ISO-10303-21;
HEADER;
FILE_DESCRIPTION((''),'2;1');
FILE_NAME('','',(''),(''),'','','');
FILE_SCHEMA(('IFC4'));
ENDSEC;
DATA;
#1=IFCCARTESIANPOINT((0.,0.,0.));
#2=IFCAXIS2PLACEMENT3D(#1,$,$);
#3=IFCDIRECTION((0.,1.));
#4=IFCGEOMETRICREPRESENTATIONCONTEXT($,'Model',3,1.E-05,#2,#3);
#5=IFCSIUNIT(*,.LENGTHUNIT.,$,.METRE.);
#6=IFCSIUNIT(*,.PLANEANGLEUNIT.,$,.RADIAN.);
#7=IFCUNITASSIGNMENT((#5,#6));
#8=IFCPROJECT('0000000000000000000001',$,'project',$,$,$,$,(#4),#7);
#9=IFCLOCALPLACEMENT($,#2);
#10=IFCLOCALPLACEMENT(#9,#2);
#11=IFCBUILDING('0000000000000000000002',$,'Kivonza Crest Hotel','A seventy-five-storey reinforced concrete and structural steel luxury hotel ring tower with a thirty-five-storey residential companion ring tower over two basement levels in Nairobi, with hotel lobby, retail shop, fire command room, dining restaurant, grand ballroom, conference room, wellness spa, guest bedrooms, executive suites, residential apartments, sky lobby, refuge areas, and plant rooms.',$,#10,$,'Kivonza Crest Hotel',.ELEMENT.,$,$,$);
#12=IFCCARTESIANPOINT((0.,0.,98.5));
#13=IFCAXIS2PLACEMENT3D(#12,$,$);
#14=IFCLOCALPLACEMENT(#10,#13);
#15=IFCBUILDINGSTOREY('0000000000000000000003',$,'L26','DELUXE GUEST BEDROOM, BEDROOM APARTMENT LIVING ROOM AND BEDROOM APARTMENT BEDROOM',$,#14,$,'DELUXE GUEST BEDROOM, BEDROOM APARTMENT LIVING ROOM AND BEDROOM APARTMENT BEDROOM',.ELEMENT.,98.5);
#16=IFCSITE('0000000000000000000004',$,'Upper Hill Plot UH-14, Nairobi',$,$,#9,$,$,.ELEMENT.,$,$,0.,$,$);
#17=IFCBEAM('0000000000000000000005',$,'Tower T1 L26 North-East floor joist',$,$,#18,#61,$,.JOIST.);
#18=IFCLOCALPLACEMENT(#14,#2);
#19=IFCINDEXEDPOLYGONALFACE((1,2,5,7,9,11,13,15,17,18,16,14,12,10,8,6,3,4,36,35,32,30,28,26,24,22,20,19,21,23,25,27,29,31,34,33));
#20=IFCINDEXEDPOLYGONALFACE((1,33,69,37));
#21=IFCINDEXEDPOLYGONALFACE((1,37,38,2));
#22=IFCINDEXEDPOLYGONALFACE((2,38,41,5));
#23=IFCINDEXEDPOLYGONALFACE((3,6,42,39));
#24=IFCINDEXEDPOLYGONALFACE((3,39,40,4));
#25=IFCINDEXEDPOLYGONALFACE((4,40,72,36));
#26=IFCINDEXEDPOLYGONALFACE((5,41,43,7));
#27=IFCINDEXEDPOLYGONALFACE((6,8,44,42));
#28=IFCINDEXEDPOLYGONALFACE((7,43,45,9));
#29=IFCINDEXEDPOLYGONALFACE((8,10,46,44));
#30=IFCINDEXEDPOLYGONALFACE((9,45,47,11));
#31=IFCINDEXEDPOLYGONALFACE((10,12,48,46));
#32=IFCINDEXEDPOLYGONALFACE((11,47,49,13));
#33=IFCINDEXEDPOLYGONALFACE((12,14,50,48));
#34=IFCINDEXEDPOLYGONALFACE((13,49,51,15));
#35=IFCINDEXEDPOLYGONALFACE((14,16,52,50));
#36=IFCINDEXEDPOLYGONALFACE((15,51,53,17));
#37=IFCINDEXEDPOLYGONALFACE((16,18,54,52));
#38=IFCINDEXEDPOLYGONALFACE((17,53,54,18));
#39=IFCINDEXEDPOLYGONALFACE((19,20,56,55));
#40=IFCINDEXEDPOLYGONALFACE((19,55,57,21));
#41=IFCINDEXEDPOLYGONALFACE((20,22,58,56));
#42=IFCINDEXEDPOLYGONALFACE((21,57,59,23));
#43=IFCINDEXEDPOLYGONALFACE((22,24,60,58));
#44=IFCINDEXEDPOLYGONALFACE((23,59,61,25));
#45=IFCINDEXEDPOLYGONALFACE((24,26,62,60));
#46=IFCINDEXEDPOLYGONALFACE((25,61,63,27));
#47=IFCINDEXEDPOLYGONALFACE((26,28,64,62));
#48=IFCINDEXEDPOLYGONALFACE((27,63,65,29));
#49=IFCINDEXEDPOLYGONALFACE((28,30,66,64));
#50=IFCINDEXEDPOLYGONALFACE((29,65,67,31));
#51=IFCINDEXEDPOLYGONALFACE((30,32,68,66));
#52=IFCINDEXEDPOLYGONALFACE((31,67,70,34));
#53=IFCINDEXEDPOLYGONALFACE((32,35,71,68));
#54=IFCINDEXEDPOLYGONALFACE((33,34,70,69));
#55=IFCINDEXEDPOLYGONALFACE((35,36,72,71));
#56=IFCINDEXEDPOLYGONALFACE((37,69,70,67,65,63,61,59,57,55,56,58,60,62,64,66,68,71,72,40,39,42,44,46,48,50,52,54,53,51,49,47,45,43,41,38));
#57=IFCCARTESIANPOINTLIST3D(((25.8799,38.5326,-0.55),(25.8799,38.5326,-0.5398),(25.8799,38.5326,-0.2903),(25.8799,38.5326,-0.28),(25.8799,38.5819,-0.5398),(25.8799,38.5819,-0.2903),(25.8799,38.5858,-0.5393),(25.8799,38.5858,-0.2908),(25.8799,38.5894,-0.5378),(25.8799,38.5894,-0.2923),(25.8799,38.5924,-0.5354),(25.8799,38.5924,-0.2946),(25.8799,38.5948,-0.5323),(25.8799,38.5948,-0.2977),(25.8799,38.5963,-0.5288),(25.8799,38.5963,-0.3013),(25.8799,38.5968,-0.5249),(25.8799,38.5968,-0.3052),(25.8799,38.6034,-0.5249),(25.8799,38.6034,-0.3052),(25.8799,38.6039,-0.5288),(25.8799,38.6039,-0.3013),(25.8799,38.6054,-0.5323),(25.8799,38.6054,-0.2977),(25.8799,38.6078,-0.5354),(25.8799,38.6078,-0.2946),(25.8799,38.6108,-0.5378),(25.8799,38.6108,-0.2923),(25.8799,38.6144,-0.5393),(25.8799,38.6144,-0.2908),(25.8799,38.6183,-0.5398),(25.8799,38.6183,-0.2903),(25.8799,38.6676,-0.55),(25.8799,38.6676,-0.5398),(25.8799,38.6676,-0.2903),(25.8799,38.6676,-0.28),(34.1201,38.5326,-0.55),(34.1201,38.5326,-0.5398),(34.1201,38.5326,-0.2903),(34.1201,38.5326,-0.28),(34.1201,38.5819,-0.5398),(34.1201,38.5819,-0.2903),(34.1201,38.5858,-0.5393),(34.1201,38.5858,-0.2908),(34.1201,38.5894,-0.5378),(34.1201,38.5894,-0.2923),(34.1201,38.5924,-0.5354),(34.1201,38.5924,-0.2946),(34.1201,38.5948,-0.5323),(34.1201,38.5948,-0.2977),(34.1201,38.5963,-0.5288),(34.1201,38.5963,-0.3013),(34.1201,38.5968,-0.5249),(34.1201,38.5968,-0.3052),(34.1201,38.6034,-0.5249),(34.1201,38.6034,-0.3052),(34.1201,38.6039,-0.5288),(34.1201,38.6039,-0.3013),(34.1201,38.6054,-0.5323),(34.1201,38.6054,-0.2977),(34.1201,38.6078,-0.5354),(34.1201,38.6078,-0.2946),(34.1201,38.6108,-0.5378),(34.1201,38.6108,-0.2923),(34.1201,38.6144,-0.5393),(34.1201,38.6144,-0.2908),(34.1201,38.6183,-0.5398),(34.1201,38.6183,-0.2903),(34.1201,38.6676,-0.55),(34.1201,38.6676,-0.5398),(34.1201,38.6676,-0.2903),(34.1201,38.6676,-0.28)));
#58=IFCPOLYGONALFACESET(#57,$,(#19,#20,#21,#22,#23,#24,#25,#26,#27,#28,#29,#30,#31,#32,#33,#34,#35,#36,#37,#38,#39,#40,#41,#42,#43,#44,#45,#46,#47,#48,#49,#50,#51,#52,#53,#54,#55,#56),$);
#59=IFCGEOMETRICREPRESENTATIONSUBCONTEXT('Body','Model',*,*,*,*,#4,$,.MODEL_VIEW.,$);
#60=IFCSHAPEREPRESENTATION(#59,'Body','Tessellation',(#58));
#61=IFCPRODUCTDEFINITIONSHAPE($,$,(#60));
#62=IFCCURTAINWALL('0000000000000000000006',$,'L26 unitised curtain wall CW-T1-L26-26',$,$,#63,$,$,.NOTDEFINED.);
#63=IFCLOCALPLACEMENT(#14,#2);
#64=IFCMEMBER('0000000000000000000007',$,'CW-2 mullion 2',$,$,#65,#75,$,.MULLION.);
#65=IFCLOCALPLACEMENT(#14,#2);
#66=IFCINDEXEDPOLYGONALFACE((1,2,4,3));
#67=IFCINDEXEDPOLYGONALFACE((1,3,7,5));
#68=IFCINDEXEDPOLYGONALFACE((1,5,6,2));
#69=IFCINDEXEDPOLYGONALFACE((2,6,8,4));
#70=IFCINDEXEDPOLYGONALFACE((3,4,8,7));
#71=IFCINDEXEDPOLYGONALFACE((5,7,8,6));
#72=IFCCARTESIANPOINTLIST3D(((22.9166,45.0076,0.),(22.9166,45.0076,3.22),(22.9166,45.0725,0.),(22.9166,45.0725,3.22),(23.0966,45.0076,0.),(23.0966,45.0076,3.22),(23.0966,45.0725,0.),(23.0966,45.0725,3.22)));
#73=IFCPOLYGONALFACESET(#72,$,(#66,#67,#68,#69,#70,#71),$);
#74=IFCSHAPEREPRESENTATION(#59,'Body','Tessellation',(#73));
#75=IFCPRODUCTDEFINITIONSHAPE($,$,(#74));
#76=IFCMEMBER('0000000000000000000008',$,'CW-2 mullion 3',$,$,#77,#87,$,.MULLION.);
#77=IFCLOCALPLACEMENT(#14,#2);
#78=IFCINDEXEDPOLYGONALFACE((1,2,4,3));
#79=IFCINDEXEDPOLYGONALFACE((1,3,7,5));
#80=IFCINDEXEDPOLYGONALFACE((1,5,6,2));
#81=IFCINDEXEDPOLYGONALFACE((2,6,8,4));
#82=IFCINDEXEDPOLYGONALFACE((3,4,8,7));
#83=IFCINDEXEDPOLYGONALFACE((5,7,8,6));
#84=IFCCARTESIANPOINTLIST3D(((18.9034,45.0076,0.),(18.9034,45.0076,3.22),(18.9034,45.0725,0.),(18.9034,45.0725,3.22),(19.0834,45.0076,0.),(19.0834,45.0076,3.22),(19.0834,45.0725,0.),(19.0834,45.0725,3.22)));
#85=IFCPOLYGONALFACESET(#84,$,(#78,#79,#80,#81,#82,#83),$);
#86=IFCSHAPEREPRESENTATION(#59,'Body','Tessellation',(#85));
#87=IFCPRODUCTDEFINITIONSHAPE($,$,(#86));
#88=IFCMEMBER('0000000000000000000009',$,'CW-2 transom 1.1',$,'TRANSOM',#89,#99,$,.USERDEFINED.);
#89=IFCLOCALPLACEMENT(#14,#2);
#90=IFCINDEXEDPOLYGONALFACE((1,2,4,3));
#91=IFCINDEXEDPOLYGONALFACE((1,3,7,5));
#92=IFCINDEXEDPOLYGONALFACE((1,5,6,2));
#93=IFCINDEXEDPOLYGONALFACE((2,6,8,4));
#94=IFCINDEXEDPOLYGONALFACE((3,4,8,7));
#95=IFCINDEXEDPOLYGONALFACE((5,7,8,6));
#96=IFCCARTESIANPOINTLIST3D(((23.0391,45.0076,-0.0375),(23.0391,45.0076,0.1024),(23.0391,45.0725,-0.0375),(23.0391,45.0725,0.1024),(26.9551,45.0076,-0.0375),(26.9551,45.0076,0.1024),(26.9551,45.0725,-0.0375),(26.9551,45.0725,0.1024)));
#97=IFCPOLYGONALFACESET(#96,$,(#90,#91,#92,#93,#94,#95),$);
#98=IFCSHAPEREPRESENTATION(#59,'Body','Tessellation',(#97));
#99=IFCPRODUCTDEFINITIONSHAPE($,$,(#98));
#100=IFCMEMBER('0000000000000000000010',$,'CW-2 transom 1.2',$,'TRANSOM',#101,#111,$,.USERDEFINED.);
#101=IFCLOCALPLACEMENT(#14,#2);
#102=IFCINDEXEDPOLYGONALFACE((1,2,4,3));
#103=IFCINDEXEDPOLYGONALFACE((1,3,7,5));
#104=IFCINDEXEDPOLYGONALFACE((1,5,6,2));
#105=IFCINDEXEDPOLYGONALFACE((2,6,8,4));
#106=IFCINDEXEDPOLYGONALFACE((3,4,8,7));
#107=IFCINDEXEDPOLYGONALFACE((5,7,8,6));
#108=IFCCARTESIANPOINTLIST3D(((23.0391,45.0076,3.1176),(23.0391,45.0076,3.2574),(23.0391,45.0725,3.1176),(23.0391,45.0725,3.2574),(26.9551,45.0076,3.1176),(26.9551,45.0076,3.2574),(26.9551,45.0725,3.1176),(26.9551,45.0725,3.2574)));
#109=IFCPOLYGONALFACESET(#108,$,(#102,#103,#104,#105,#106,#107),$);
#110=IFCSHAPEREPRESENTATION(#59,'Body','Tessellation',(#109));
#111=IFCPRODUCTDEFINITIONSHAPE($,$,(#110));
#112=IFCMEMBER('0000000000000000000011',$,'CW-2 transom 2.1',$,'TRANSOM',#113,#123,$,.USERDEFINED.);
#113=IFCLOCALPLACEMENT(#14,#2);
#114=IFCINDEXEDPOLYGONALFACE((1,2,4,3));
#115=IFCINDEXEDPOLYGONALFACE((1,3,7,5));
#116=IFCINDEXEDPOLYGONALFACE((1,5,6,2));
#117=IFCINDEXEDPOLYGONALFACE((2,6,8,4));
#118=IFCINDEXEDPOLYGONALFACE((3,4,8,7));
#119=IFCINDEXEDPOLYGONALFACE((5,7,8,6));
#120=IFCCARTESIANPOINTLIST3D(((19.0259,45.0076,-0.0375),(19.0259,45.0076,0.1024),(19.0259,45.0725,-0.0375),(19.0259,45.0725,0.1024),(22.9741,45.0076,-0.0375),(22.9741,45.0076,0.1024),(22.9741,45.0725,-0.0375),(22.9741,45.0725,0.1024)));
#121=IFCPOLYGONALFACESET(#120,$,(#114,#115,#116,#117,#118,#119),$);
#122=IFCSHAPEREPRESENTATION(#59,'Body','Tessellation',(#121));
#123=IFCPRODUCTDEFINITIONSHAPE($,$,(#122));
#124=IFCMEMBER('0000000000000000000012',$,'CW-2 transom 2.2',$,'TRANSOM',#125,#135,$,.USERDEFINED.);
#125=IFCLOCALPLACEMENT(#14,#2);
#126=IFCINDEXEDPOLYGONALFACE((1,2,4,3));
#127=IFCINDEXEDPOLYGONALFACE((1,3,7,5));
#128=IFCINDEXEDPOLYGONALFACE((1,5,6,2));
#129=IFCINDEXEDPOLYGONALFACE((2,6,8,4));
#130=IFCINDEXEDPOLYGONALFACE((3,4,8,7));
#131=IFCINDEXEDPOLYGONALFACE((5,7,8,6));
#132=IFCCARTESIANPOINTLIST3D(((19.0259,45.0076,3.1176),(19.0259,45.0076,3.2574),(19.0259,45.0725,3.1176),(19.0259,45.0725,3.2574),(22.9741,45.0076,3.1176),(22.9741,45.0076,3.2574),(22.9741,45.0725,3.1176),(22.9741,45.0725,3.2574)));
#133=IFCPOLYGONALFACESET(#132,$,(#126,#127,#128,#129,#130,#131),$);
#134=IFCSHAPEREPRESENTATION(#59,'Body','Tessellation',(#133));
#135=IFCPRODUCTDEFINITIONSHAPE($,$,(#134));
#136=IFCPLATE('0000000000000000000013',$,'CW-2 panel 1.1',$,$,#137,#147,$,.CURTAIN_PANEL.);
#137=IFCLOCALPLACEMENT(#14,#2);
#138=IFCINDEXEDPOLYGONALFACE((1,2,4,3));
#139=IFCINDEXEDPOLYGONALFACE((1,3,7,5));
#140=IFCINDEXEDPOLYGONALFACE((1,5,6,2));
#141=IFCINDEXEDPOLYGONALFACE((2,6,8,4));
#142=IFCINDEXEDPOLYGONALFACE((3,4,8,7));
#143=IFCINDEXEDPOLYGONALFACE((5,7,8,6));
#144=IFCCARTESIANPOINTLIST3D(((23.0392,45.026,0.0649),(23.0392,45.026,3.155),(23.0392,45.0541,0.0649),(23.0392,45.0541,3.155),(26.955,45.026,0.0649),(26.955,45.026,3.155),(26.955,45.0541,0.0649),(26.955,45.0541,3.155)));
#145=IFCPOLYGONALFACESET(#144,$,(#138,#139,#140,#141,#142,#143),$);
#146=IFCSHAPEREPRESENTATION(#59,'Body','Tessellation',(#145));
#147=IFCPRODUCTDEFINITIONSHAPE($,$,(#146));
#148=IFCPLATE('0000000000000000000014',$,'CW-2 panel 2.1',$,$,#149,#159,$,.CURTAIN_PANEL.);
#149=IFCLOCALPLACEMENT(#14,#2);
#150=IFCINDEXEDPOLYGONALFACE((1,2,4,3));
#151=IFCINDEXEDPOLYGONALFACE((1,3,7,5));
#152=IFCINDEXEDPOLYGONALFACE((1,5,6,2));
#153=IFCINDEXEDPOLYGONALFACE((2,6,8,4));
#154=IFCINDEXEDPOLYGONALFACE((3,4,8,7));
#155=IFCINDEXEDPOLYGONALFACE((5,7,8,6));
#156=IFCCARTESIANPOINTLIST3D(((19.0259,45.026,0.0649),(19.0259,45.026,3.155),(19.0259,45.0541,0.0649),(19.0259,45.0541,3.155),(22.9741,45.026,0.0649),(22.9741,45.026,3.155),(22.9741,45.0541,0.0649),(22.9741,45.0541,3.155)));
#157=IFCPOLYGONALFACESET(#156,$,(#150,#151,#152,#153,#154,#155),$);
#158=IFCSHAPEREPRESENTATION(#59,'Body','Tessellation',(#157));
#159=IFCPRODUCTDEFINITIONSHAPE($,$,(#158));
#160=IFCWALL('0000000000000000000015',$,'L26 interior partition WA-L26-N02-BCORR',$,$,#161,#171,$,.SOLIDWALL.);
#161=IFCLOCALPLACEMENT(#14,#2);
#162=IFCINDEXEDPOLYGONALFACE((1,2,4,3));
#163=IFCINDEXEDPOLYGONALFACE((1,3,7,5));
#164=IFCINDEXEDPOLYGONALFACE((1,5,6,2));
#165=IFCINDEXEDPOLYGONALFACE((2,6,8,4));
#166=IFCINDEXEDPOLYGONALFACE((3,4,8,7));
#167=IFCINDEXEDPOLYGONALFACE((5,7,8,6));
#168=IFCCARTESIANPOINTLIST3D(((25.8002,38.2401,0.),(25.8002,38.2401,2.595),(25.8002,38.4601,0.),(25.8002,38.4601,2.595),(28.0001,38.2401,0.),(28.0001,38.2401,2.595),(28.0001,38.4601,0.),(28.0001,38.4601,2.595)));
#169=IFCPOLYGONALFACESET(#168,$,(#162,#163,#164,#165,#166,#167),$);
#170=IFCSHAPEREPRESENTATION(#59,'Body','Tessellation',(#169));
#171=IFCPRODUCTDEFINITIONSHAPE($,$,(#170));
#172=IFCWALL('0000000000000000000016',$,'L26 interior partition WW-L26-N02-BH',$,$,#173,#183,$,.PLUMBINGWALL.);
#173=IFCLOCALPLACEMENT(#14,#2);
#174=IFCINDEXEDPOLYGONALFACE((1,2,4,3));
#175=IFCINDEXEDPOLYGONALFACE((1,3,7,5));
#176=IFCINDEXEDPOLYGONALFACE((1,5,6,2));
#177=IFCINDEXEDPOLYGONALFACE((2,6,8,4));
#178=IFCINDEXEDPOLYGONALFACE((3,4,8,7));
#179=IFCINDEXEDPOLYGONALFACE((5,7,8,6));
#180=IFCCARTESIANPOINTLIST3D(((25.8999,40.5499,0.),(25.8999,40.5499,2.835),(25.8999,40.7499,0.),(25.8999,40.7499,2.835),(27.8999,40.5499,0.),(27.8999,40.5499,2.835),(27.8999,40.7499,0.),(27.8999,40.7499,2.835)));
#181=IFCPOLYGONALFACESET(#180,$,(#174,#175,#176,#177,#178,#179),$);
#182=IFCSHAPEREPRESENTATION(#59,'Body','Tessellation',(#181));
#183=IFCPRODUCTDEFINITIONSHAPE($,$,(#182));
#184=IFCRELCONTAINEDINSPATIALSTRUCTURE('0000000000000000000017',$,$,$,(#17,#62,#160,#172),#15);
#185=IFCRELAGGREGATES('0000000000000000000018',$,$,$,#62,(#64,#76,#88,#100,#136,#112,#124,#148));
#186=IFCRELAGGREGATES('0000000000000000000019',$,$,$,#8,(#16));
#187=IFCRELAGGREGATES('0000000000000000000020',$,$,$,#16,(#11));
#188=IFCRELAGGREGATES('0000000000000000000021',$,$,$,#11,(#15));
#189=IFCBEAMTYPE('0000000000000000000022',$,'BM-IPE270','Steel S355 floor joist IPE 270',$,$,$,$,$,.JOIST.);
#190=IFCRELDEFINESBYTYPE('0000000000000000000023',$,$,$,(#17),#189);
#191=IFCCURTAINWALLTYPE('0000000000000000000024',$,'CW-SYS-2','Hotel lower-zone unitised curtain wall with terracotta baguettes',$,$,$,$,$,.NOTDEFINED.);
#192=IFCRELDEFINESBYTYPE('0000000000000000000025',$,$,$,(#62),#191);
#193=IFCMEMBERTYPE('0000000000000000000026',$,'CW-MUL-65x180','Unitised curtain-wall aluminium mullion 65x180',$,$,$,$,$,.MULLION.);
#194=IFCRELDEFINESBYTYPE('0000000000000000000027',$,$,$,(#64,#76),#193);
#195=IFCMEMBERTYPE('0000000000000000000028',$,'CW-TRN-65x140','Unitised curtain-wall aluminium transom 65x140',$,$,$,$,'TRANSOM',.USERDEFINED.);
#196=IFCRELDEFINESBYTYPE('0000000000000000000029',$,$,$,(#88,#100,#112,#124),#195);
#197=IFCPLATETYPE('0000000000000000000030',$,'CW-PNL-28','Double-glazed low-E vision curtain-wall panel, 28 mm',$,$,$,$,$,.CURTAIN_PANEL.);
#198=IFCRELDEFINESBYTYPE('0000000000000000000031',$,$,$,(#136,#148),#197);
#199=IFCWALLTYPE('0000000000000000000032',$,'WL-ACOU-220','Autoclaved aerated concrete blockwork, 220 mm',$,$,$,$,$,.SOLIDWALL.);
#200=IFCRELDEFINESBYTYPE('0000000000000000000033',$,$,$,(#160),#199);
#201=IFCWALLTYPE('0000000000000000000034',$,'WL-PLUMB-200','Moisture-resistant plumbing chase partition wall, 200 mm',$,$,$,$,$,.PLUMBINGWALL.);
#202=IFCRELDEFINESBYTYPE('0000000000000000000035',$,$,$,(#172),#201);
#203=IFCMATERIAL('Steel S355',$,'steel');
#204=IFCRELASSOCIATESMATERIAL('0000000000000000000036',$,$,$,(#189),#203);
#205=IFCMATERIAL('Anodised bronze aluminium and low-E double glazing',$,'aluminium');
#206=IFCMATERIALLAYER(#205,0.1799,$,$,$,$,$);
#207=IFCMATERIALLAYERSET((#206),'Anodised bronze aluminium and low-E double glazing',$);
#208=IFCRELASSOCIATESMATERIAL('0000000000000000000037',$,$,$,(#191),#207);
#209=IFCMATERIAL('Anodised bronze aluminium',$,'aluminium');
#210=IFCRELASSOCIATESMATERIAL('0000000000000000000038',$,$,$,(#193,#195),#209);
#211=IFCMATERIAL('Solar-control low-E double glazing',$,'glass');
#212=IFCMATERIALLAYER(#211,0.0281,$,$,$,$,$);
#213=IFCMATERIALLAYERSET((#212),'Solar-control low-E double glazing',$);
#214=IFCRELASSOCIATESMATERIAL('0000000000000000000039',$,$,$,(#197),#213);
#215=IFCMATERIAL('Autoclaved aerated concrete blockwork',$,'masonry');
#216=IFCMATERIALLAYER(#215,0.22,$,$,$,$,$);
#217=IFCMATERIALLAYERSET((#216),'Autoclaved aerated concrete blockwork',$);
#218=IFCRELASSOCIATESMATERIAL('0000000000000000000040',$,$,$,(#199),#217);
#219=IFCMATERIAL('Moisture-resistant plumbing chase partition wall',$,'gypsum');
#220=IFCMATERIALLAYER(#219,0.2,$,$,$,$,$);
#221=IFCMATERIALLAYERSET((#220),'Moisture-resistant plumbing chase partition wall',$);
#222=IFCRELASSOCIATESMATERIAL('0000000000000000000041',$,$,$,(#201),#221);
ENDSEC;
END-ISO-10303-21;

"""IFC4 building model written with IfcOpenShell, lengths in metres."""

from ifc_helpers import new_model, si_unit, direction, frame, frame_2d, origin, origin_2d, place, context, subcontext, project, spatial, rectangle, i_section, extrude, material, layer, layer_set, material_profile, profile_set, type_object, element, aggregate, save


model = new_model("IFC4")

# Units and contexts
model_context = context("Model", 3, precision=1e-05, world=origin(), true_north=direction((0.0, 1.0)))
body_context = subcontext(model_context, "Body", "Model", "MODEL_VIEW")
ifc_project = project(units=[si_unit("LENGTHUNIT", "METRE"), si_unit("PLANEANGLEUNIT", "RADIAN")], contexts=[model_context])

# Site, building, storey
site_placement = place(None, origin())
site = spatial("IfcSite", under=ifc_project, at=site_placement, Name="Upper Hill Plot UH-14, Nairobi", CompositionType="ELEMENT", RefElevation=0.0)
building_placement = place(site_placement, origin())
building = spatial("IfcBuilding", under=site, at=building_placement, Name="Kivonza Crest Hotel", Description="A seventy-five-storey reinforced concrete and structural steel luxury hotel ring tower with a thirty-five-storey residential companion ring tower over two basement levels in Nairobi, with hotel lobby, retail shop, fire command room, dining restaurant, grand ballroom, conference room, wellness spa, guest bedrooms, executive suites, residential apartments, sky lobby, refuge areas, and plant rooms.", LongName="Kivonza Crest Hotel", CompositionType="ELEMENT")
storey_placement = place(building_placement, frame((0.0, 0.0, 98.5)))
storey = spatial("IfcBuildingStorey", under=building, at=storey_placement, Name="L26", Description="DELUXE GUEST BEDROOM, BEDROOM APARTMENT LIVING ROOM AND BEDROOM APARTMENT BEDROOM", LongName="DELUXE GUEST BEDROOM, BEDROOM APARTMENT LIVING ROOM AND BEDROOM APARTMENT BEDROOM", CompositionType="ELEMENT", Elevation=98.5)

# Beam
ifc_material_1 = material(Name="Steel S355", Category="steel")
ifc_material_profile_1 = material_profile(ifc_material_1, i_section(OverallWidth=0.135, OverallDepth=0.27, WebThickness=0.0066, FlangeThickness=0.0103, FilletRadius=0.0149, at=origin_2d()), Name="IPE 270")
ifc_profile_set_1 = profile_set([ifc_material_profile_1], Name="Steel S355")
beam_type_1 = type_object("IfcBeamType", Name="BM-IPE270", Description="Steel S355 floor joist IPE 270", PredefinedType="JOIST", material=ifc_profile_set_1)
beam_1_placement = place(storey_placement, frame((25.8799, 38.6001, -0.415), z_axis=(1.0, 0.0, 0.0), x_axis=(0.0, 1.0, 0.0)))
element("IfcBeam", 1, at=beam_1_placement, inside=storey, type_object=beam_type_1, Name="Tower T1 L26 North-East floor joist", PredefinedType="JOIST", context=body_context, shape_type="SweptSolid", body=[
    extrude(i_section(OverallWidth=0.135, OverallDepth=0.27, WebThickness=0.0066, FlangeThickness=0.0103, FilletRadius=0.0149, at=origin_2d()), origin(), (0.0, 0.0, 1.0), 8.2402),
])

# Curtain wall, members, plates
ifc_material_2 = material(Name="Anodised bronze aluminium and low-E double glazing", Category="aluminium")
ifc_layer_1 = layer(ifc_material_2, 0.1799)
ifc_layer_set_1 = layer_set([ifc_layer_1], Name="Anodised bronze aluminium and low-E double glazing")
curtain_wall_type = type_object("IfcCurtainWallType", Name="CW-SYS-2", Description="Hotel lower-zone unitised curtain wall with terracotta baguettes", PredefinedType="NOTDEFINED", material=ifc_layer_set_1)
curtain_wall_placement = place(storey_placement, origin())
curtain_wall = element("IfcCurtainWall", 2, at=curtain_wall_placement, inside=storey, type_object=curtain_wall_type, Name="L26 unitised curtain wall CW-T1-L26-26", PredefinedType="NOTDEFINED")
ifc_material_3 = material(Name="Anodised bronze aluminium", Category="aluminium")
ifc_material_profile_2 = material_profile(ifc_material_3, rectangle(XDim=0.0649, YDim=0.1799, at=origin_2d()), Name="CW-M 65x180")
ifc_profile_set_2 = profile_set([ifc_material_profile_2], Name="Anodised bronze aluminium")
member_type_1 = type_object("IfcMemberType", Name="CW-MUL-65x180", Description="Unitised curtain-wall aluminium mullion 65x180", PredefinedType="MULLION", material=ifc_profile_set_2)
member_1_placement = place(storey_placement, frame((23.0066, 45.04, 0.0), z_axis=(0.0, 0.0, 1.0), x_axis=(0.0, -1.0, 0.0)))
member_1 = element("IfcMember", 3, at=member_1_placement, type_object=member_type_1, Name="CW-2 mullion 2", PredefinedType="MULLION", context=body_context, shape_type="SweptSolid", body=[
    extrude(rectangle(XDim=0.0649, YDim=0.1799, at=origin_2d()), origin(), (0.0, 0.0, 1.0), 3.22),
])
member_2_placement = place(storey_placement, frame((18.9934, 45.04, 0.0), z_axis=(0.0, 0.0, 1.0), x_axis=(0.0, -1.0, 0.0)))
member_2 = element("IfcMember", 4, at=member_2_placement, type_object=member_type_1, Name="CW-2 mullion 3", PredefinedType="MULLION", context=body_context, shape_type="SweptSolid", body=[
    extrude(rectangle(XDim=0.0649, YDim=0.1799, at=origin_2d()), origin(), (0.0, 0.0, 1.0), 3.22),
])
ifc_material_profile_3 = material_profile(ifc_material_3, rectangle(XDim=0.0649, YDim=0.1399, at=origin_2d()), Name="CW-T 65x140")
ifc_profile_set_3 = profile_set([ifc_material_profile_3], Name="Anodised bronze aluminium")
member_type_2 = type_object("IfcMemberType", Name="CW-TRN-65x140", Description="Unitised curtain-wall aluminium transom 65x140", ElementType="TRANSOM", PredefinedType="USERDEFINED", material=ifc_profile_set_3)
member_3_placement = place(storey_placement, frame((26.9551, 45.04, 0.0325), z_axis=(-1.0, 0.0, 0.0), x_axis=(0.0, -1.0, 0.0)))
member_3 = element("IfcMember", 5, at=member_3_placement, type_object=member_type_2, Name="CW-2 transom 1.1", ObjectType="TRANSOM", PredefinedType="USERDEFINED", context=body_context, shape_type="SweptSolid", body=[
    extrude(rectangle(XDim=0.0649, YDim=0.1399, at=origin_2d()), origin(), (0.0, 0.0, 1.0), 3.916),
])
member_4_placement = place(storey_placement, frame((26.9551, 45.04, 3.1875), z_axis=(-1.0, 0.0, 0.0), x_axis=(0.0, -1.0, 0.0)))
member_4 = element("IfcMember", 6, at=member_4_placement, type_object=member_type_2, Name="CW-2 transom 1.2", ObjectType="TRANSOM", PredefinedType="USERDEFINED", context=body_context, shape_type="SweptSolid", body=[
    extrude(rectangle(XDim=0.0649, YDim=0.1399, at=origin_2d()), origin(), (0.0, 0.0, 1.0), 3.916),
])
member_5_placement = place(storey_placement, frame((22.9741, 45.04, 0.0325), z_axis=(-1.0, 0.0, 0.0), x_axis=(0.0, -1.0, 0.0)))
member_5 = element("IfcMember", 7, at=member_5_placement, type_object=member_type_2, Name="CW-2 transom 2.1", ObjectType="TRANSOM", PredefinedType="USERDEFINED", context=body_context, shape_type="SweptSolid", body=[
    extrude(rectangle(XDim=0.0649, YDim=0.1399, at=origin_2d()), origin(), (0.0, 0.0, 1.0), 3.9482),
])
member_6_placement = place(storey_placement, frame((22.9741, 45.04, 3.1875), z_axis=(-1.0, 0.0, 0.0), x_axis=(0.0, -1.0, 0.0)))
member_6 = element("IfcMember", 8, at=member_6_placement, type_object=member_type_2, Name="CW-2 transom 2.2", ObjectType="TRANSOM", PredefinedType="USERDEFINED", context=body_context, shape_type="SweptSolid", body=[
    extrude(rectangle(XDim=0.0649, YDim=0.1399, at=origin_2d()), origin(), (0.0, 0.0, 1.0), 3.9482),
])
ifc_material_4 = material(Name="Solar-control low-E double glazing", Category="glass")
ifc_layer_2 = layer(ifc_material_4, 0.0281)
ifc_layer_set_2 = layer_set([ifc_layer_2], Name="Solar-control low-E double glazing")
plate_type = type_object("IfcPlateType", Name="CW-PNL-28", Description="Double-glazed low-E vision curtain-wall panel, 28 mm", PredefinedType="CURTAIN_PANEL", material=ifc_layer_set_2)
plate_1_placement = place(storey_placement, frame((24.9971, 45.04, 0.0649), z_axis=(0.0, 0.0, 1.0), x_axis=(-1.0, 0.0, 0.0)))
plate_1 = element("IfcPlate", 9, at=plate_1_placement, type_object=plate_type, Name="CW-2 panel 1.1", PredefinedType="CURTAIN_PANEL", context=body_context, shape_type="SweptSolid", body=[
    extrude(rectangle(XDim=3.9158, YDim=0.0281, at=origin_2d()), origin(), (0.0, 0.0, 1.0), 3.0901),
])
plate_2_placement = place(storey_placement, frame((21.0, 45.04, 0.0649), z_axis=(0.0, 0.0, 1.0), x_axis=(-1.0, 0.0, 0.0)))
plate_2 = element("IfcPlate", 10, at=plate_2_placement, type_object=plate_type, Name="CW-2 panel 2.1", PredefinedType="CURTAIN_PANEL", context=body_context, shape_type="SweptSolid", body=[
    extrude(rectangle(XDim=3.9482, YDim=0.0281, at=origin_2d()), origin(), (0.0, 0.0, 1.0), 3.0901),
])
aggregate(curtain_wall, [member_1, member_2, member_3, member_4, plate_1, member_5, member_6, plate_2])

# Walls
ifc_material_5 = material(Name="Autoclaved aerated concrete blockwork", Category="masonry")
ifc_layer_3 = layer(ifc_material_5, 0.22)
ifc_layer_set_3 = layer_set([ifc_layer_3], Name="Autoclaved aerated concrete blockwork")
wall_type_1 = type_object("IfcWallType", Name="WL-ACOU-220", Description="Autoclaved aerated concrete blockwork, 220 mm", PredefinedType="SOLIDWALL", material=ifc_layer_set_3)
wall_1_placement = place(storey_placement, frame((25.8, 38.3501, 0.0), z_axis=(0.0, 0.0, 1.0), x_axis=(1.0, 0.0, 0.0)))
element("IfcWall", 11, at=wall_1_placement, inside=storey, type_object=wall_type_1, Name="L26 interior partition WA-L26-N02-BCORR", PredefinedType="SOLIDWALL", context=body_context, shape_type="SweptSolid", body=[
    extrude(rectangle(XDim=2.2, YDim=0.22, at=frame_2d((1.1001, 0.0))), origin(), (0.0, 0.0, 1.0), 2.595),
])
ifc_material_6 = material(Name="Moisture-resistant plumbing chase partition wall", Category="gypsum")
ifc_layer_4 = layer(ifc_material_6, 0.2)
ifc_layer_set_4 = layer_set([ifc_layer_4], Name="Moisture-resistant plumbing chase partition wall")
wall_type_2 = type_object("IfcWallType", Name="WL-PLUMB-200", Description="Moisture-resistant plumbing chase partition wall, 200 mm", PredefinedType="PLUMBINGWALL", material=ifc_layer_set_4)
wall_2_placement = place(storey_placement, frame((25.8999, 40.6499, 0.0), z_axis=(0.0, 0.0, 1.0), x_axis=(1.0, 0.0, 0.0)))
element("IfcWall", 12, at=wall_2_placement, inside=storey, type_object=wall_type_2, Name="L26 interior partition WW-L26-N02-BH", PredefinedType="PLUMBINGWALL", context=body_context, shape_type="SweptSolid", body=[
    extrude(rectangle(XDim=2.0, YDim=0.2, at=frame_2d((1.0, 0.0))), origin(), (0.0, 0.0, 1.0), 2.835),
])

save(model, "model.ifc")
